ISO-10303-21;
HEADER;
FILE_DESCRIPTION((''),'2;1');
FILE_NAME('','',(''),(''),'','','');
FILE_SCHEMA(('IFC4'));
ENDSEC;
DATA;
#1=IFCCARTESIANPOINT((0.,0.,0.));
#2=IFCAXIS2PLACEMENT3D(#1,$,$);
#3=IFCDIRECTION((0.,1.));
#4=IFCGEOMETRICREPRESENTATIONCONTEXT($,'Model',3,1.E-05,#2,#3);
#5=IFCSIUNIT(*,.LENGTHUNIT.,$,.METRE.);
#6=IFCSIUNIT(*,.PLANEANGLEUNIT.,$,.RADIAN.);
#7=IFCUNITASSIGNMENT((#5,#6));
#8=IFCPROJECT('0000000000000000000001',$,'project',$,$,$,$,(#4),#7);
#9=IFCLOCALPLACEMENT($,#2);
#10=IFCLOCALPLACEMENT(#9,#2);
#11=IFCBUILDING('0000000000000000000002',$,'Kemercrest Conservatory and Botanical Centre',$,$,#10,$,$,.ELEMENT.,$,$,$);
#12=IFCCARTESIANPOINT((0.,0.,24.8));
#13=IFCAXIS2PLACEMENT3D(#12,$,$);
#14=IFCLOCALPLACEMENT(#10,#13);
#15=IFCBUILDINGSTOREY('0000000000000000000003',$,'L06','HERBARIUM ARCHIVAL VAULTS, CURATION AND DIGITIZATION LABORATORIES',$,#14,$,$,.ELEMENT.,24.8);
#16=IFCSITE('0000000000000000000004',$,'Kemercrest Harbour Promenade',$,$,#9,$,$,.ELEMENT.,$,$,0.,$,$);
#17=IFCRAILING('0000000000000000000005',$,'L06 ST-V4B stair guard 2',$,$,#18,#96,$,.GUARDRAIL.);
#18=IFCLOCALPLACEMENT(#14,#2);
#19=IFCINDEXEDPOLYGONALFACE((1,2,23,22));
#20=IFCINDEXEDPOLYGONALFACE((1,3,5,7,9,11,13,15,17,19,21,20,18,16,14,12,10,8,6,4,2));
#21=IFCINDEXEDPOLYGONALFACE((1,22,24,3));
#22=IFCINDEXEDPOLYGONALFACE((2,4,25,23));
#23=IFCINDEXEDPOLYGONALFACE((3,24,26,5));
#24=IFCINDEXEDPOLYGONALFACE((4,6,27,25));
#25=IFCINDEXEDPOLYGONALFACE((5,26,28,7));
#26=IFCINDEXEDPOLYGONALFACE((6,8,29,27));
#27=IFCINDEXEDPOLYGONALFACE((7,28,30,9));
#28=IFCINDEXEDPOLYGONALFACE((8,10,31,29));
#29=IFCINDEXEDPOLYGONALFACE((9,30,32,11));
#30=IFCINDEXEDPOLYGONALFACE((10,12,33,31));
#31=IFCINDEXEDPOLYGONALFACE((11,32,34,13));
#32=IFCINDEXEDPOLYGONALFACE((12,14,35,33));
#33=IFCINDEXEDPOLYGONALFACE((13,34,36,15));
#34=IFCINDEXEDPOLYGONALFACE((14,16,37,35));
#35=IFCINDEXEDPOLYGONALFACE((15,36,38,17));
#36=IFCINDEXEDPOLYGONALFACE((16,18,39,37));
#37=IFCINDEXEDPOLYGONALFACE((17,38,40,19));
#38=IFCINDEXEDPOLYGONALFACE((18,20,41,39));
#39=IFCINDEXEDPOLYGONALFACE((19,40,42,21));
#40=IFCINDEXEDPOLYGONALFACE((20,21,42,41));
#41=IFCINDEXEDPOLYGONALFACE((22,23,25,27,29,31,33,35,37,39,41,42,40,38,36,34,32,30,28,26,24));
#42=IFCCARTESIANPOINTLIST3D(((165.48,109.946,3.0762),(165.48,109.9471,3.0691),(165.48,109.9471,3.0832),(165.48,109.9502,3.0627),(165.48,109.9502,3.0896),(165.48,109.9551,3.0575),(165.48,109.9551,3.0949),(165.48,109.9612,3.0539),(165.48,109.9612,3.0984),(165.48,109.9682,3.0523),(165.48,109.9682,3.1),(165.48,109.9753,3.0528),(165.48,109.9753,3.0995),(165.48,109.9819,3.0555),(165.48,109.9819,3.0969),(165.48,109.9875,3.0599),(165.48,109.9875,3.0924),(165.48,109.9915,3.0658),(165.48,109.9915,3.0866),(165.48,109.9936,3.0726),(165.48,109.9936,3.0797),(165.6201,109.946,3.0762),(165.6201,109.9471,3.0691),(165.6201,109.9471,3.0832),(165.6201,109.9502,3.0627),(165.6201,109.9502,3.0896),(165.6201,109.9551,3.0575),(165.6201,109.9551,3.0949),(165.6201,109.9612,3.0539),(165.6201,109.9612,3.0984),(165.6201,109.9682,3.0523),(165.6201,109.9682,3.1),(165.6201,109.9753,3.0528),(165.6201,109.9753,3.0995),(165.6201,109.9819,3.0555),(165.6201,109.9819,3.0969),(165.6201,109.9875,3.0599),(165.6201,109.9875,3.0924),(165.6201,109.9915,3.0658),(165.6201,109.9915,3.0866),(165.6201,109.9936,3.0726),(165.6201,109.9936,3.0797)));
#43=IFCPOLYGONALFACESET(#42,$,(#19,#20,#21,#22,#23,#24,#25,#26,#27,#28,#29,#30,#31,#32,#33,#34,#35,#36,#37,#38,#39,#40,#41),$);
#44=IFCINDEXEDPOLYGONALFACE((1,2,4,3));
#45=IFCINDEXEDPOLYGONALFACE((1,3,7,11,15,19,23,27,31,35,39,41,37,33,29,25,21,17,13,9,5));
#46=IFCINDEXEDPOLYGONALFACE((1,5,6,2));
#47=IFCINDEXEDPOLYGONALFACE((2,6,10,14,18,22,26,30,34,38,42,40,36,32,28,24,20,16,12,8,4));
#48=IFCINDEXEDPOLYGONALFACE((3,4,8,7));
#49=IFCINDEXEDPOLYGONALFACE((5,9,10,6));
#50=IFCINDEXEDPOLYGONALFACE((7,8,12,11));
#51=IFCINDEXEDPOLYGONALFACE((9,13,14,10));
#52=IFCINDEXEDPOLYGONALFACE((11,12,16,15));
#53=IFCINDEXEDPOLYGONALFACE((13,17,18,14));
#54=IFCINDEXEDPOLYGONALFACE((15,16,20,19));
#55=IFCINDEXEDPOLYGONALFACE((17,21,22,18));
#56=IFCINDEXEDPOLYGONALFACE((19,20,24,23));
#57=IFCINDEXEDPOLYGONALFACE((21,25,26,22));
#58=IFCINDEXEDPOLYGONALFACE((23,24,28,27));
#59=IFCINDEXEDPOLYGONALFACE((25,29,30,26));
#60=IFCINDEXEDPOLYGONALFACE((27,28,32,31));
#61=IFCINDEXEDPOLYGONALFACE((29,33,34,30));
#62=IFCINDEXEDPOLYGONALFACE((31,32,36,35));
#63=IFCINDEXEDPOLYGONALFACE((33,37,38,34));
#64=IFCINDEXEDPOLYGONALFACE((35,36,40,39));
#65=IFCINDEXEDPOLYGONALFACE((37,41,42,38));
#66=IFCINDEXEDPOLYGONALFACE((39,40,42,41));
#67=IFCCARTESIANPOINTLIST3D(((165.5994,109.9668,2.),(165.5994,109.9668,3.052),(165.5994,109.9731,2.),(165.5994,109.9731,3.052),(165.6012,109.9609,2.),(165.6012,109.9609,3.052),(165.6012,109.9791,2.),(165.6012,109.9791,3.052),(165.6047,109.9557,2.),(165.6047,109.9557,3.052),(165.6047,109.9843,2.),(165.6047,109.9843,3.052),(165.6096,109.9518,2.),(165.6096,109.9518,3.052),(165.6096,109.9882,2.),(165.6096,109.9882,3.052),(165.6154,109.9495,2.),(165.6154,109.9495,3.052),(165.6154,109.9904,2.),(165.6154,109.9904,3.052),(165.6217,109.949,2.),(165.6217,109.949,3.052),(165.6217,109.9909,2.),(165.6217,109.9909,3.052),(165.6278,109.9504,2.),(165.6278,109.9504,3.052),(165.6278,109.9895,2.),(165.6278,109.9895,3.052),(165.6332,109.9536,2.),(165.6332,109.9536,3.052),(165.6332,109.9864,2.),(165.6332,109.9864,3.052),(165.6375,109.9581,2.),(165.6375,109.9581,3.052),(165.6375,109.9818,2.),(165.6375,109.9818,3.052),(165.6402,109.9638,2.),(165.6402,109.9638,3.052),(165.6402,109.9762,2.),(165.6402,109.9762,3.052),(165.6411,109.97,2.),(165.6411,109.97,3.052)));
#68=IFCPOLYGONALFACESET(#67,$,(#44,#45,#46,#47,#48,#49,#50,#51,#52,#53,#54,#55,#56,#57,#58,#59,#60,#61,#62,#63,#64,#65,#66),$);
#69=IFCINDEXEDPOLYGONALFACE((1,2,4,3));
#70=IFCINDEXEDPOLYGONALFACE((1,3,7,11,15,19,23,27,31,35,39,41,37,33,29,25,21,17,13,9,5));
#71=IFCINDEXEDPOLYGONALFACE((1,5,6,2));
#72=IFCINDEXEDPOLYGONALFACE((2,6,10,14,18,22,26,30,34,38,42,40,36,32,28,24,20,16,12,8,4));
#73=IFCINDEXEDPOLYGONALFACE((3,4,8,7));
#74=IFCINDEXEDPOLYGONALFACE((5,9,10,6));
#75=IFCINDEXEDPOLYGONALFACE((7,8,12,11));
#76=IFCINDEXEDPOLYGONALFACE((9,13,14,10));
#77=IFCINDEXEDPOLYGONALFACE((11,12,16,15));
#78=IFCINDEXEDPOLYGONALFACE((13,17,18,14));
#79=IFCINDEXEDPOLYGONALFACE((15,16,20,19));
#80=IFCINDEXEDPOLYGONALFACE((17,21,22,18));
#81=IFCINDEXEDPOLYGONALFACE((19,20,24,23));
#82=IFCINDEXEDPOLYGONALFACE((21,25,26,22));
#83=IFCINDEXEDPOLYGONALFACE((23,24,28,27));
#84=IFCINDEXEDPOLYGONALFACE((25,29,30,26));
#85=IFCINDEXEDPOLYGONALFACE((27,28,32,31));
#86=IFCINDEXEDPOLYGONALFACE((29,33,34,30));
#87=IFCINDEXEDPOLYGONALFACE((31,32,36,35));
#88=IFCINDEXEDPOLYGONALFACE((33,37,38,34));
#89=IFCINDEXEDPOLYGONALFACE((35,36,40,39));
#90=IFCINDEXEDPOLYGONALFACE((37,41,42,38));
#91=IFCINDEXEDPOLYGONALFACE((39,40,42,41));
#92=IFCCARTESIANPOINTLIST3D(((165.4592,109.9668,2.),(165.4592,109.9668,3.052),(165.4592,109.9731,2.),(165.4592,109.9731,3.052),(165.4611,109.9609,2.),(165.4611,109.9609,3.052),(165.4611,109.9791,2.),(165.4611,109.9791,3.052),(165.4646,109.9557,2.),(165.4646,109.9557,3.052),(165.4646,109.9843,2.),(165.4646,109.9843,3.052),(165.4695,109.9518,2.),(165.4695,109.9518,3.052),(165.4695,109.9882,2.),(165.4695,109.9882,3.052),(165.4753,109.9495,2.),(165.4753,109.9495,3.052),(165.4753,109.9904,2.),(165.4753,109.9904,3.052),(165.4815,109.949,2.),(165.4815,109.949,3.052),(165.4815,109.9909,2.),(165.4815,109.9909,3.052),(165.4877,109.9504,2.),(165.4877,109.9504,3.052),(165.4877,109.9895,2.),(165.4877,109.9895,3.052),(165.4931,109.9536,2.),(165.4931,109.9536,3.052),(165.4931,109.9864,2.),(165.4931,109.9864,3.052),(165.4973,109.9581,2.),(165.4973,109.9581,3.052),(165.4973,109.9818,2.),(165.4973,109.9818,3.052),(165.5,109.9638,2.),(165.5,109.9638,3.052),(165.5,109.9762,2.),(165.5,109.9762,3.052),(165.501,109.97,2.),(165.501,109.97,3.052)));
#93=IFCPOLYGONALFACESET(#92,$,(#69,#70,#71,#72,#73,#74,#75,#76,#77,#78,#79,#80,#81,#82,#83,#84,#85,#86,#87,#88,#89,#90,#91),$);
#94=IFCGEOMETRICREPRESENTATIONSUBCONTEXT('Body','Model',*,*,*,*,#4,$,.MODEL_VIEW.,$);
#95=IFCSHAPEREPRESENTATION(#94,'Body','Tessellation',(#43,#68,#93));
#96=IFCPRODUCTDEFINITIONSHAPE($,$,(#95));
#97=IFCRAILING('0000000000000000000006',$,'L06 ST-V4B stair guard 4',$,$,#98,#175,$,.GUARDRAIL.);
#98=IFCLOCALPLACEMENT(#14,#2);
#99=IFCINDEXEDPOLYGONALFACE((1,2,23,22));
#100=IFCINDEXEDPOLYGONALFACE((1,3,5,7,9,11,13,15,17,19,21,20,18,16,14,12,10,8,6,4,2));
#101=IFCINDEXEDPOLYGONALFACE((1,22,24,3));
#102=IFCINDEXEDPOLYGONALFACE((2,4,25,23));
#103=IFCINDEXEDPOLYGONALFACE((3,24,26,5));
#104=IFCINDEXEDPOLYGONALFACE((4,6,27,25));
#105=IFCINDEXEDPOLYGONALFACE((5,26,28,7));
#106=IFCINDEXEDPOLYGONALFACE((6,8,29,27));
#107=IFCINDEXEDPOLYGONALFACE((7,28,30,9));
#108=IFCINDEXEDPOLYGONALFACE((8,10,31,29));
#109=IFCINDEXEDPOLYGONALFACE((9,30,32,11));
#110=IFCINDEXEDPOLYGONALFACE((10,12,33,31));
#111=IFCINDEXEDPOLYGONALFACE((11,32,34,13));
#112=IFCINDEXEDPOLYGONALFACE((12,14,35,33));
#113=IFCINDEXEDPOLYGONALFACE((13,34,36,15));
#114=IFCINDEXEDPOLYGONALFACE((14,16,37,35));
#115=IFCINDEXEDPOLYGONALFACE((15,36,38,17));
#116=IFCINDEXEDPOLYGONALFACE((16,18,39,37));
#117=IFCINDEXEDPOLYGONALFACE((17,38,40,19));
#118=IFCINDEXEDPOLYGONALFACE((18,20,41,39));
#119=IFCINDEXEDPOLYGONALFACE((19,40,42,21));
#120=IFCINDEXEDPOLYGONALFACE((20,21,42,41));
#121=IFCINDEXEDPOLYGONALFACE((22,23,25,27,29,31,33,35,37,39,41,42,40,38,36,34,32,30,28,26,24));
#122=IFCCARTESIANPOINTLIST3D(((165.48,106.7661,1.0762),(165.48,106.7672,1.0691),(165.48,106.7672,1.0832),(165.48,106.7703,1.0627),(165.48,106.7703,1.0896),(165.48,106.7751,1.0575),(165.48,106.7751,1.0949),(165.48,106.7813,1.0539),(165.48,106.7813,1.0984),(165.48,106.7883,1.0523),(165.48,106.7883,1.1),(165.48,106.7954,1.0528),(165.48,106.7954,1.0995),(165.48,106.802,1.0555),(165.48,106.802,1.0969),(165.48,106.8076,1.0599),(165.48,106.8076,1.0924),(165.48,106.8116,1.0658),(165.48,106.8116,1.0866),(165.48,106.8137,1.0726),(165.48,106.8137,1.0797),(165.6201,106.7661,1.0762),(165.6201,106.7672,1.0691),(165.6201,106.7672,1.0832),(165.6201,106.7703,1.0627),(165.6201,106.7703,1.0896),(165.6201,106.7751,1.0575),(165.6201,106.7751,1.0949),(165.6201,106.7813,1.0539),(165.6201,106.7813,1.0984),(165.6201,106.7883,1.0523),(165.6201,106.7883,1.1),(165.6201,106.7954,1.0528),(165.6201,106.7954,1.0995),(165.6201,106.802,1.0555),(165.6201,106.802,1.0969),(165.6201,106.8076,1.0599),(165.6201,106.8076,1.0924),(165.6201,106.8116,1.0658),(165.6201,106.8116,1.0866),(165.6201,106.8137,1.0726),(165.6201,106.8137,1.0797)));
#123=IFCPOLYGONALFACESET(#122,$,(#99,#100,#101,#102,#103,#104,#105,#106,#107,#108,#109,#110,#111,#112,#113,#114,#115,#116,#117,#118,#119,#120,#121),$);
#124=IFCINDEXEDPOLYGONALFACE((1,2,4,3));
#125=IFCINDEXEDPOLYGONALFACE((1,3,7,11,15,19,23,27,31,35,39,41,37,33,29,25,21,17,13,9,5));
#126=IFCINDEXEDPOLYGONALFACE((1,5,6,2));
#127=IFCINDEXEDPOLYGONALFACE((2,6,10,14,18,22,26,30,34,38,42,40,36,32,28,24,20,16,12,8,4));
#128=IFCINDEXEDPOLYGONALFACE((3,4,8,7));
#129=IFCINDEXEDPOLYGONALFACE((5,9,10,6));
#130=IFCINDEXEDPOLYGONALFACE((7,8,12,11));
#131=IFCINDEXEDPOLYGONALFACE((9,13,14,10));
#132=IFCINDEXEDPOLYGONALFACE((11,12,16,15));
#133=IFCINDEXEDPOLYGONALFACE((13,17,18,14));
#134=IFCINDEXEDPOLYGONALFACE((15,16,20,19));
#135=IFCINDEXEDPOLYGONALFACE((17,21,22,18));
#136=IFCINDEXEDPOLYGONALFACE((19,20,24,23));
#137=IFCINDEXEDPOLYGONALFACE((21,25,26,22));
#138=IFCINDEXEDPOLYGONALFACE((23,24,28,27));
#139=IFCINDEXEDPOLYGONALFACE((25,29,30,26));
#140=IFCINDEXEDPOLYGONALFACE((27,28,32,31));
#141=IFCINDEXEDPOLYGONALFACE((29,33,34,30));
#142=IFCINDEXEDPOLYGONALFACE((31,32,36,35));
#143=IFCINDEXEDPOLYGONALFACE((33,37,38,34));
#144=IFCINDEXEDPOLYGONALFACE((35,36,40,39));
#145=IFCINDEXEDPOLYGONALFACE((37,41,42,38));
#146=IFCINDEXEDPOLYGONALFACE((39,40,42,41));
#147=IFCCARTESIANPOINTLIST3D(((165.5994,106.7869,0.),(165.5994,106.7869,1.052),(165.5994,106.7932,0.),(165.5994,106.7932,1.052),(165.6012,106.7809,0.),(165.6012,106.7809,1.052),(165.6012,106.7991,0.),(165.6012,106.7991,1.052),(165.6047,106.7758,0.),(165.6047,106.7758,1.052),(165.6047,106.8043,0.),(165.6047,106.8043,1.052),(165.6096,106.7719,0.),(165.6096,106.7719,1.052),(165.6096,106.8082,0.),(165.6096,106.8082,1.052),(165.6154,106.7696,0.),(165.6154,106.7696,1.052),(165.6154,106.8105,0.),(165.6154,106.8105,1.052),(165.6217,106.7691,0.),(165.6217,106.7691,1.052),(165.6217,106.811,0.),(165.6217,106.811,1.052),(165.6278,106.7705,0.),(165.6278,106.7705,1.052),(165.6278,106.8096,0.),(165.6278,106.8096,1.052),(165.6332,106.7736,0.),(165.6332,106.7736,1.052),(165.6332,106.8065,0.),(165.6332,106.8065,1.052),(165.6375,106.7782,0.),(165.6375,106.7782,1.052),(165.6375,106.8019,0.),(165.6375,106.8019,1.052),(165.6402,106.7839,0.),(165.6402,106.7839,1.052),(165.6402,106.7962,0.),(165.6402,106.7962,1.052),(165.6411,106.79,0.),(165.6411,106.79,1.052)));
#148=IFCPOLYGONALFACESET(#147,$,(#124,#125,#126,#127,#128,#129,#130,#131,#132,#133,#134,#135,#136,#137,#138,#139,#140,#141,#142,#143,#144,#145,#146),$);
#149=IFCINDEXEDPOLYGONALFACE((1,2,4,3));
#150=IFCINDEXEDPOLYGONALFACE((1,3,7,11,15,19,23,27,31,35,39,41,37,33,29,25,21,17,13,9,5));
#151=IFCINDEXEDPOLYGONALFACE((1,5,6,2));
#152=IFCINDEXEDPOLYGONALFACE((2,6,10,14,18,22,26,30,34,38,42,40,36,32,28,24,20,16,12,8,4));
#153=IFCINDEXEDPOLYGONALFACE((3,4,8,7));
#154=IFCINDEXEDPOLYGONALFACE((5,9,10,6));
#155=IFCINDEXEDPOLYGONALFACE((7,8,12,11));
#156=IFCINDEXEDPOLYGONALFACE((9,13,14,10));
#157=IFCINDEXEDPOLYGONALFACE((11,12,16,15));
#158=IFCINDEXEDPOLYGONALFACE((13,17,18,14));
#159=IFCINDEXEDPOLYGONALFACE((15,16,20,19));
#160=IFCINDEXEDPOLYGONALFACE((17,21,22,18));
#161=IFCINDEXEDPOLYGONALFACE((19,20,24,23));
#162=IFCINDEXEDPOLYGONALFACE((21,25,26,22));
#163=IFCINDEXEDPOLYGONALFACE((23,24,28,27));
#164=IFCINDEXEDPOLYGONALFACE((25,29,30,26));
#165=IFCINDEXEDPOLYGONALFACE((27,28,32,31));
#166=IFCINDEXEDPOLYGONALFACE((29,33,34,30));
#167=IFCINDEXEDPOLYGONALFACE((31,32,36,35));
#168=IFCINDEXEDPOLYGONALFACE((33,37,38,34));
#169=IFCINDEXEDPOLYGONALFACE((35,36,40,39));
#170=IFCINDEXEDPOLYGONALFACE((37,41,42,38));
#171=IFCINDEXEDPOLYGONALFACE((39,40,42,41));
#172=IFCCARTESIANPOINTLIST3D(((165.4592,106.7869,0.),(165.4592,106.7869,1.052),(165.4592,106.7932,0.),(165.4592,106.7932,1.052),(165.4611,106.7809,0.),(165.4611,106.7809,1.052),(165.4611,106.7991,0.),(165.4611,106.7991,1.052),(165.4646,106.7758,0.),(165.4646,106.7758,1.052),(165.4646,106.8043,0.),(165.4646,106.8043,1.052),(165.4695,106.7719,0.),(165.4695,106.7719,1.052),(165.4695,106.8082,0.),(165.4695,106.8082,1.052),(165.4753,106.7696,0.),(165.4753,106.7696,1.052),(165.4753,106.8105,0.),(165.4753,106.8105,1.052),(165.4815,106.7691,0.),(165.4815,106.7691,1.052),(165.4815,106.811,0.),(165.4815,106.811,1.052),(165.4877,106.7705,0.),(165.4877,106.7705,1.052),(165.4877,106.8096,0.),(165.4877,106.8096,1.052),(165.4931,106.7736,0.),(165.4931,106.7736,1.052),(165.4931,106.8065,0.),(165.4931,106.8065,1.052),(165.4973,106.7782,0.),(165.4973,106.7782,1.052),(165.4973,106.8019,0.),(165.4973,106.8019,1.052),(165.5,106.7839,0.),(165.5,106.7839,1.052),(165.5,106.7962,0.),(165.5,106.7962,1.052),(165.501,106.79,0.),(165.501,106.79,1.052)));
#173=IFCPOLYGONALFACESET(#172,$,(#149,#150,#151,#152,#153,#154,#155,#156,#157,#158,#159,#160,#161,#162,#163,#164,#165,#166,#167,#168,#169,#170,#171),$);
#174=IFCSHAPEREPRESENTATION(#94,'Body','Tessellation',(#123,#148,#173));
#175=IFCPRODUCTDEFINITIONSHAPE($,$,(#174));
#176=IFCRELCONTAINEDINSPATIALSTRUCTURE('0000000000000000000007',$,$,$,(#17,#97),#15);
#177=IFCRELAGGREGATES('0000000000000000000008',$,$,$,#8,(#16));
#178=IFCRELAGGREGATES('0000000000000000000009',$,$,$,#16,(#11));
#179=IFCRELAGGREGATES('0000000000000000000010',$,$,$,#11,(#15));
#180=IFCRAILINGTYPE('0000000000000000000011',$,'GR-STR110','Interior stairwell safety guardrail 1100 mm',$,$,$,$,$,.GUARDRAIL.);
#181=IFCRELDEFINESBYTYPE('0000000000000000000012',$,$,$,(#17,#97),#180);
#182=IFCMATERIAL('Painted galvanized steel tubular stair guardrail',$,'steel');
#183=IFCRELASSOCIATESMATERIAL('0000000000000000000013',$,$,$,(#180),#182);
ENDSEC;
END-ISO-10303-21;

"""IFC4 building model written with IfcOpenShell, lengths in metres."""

from ifc_helpers import new_model, si_unit, direction, frame, origin, origin_2d, place, context, subcontext, project, spatial, circle, extrude, material, type_object, element, save


model = new_model("IFC4")

# Units and contexts
model_context = context("Model", 3, precision=1e-05, world=origin(), true_north=direction((0.0, 1.0)))
body_context = subcontext(model_context, "Body", "Model", "MODEL_VIEW")
ifc_project = project(units=[si_unit("LENGTHUNIT", "METRE"), si_unit("PLANEANGLEUNIT", "RADIAN")], contexts=[model_context])

# Site, building, storey
site_placement = place(None, origin())
site = spatial("IfcSite", under=ifc_project, at=site_placement, Name="Kemercrest Harbour Promenade", CompositionType="ELEMENT", RefElevation=0.0)
building_placement = place(site_placement, origin())
building = spatial("IfcBuilding", under=site, at=building_placement, Name="Kemercrest Conservatory and Botanical Centre", CompositionType="ELEMENT")
storey_placement = place(building_placement, frame((0.0, 0.0, 24.8)))
storey = spatial("IfcBuildingStorey", under=building, at=storey_placement, Name="L06", Description="HERBARIUM ARCHIVAL VAULTS, CURATION AND DIGITIZATION LABORATORIES", CompositionType="ELEMENT", Elevation=24.8)

# Railings
ifc_material_1 = material(Name="Painted galvanized steel tubular stair guardrail", Category="steel")
railing_type_1 = type_object("IfcRailingType", Name="GR-STR110", Description="Interior stairwell safety guardrail 1100 mm", PredefinedType="GUARDRAIL", material=ifc_material_1)
for number, where, name in (
    (1, (165.6201, 109.97, 2.0), "L06 ST-V4B stair guard 2"),
    (2, (165.6201, 106.79, 0.0), "L06 ST-V4B stair guard 4"),
):
    element("IfcRailing", number, at=place(storey_placement, frame(where)), inside=storey, type_object=railing_type_1, Name=name, PredefinedType="GUARDRAIL", context=body_context, shape_type="SweptSolid", body=[
        extrude(circle(Radius=0.0239, at=origin_2d()), frame((0.0, 0.0, 1.0762), z_axis=(-1.0, 0.0, 0.0), x_axis=(0.0, -1.0, 0.0)), (0.0, 0.0, 1.0), 0.1401),
        extrude(circle(Radius=0.021, at=origin_2d()), origin(), (0.0, 0.0, 1.0), 1.052),
        extrude(circle(Radius=0.021, at=origin_2d()), frame((-0.1401, 0.0, 0.0)), (0.0, 0.0, 1.0), 1.052),
    ])

save(model, "model.ifc")
